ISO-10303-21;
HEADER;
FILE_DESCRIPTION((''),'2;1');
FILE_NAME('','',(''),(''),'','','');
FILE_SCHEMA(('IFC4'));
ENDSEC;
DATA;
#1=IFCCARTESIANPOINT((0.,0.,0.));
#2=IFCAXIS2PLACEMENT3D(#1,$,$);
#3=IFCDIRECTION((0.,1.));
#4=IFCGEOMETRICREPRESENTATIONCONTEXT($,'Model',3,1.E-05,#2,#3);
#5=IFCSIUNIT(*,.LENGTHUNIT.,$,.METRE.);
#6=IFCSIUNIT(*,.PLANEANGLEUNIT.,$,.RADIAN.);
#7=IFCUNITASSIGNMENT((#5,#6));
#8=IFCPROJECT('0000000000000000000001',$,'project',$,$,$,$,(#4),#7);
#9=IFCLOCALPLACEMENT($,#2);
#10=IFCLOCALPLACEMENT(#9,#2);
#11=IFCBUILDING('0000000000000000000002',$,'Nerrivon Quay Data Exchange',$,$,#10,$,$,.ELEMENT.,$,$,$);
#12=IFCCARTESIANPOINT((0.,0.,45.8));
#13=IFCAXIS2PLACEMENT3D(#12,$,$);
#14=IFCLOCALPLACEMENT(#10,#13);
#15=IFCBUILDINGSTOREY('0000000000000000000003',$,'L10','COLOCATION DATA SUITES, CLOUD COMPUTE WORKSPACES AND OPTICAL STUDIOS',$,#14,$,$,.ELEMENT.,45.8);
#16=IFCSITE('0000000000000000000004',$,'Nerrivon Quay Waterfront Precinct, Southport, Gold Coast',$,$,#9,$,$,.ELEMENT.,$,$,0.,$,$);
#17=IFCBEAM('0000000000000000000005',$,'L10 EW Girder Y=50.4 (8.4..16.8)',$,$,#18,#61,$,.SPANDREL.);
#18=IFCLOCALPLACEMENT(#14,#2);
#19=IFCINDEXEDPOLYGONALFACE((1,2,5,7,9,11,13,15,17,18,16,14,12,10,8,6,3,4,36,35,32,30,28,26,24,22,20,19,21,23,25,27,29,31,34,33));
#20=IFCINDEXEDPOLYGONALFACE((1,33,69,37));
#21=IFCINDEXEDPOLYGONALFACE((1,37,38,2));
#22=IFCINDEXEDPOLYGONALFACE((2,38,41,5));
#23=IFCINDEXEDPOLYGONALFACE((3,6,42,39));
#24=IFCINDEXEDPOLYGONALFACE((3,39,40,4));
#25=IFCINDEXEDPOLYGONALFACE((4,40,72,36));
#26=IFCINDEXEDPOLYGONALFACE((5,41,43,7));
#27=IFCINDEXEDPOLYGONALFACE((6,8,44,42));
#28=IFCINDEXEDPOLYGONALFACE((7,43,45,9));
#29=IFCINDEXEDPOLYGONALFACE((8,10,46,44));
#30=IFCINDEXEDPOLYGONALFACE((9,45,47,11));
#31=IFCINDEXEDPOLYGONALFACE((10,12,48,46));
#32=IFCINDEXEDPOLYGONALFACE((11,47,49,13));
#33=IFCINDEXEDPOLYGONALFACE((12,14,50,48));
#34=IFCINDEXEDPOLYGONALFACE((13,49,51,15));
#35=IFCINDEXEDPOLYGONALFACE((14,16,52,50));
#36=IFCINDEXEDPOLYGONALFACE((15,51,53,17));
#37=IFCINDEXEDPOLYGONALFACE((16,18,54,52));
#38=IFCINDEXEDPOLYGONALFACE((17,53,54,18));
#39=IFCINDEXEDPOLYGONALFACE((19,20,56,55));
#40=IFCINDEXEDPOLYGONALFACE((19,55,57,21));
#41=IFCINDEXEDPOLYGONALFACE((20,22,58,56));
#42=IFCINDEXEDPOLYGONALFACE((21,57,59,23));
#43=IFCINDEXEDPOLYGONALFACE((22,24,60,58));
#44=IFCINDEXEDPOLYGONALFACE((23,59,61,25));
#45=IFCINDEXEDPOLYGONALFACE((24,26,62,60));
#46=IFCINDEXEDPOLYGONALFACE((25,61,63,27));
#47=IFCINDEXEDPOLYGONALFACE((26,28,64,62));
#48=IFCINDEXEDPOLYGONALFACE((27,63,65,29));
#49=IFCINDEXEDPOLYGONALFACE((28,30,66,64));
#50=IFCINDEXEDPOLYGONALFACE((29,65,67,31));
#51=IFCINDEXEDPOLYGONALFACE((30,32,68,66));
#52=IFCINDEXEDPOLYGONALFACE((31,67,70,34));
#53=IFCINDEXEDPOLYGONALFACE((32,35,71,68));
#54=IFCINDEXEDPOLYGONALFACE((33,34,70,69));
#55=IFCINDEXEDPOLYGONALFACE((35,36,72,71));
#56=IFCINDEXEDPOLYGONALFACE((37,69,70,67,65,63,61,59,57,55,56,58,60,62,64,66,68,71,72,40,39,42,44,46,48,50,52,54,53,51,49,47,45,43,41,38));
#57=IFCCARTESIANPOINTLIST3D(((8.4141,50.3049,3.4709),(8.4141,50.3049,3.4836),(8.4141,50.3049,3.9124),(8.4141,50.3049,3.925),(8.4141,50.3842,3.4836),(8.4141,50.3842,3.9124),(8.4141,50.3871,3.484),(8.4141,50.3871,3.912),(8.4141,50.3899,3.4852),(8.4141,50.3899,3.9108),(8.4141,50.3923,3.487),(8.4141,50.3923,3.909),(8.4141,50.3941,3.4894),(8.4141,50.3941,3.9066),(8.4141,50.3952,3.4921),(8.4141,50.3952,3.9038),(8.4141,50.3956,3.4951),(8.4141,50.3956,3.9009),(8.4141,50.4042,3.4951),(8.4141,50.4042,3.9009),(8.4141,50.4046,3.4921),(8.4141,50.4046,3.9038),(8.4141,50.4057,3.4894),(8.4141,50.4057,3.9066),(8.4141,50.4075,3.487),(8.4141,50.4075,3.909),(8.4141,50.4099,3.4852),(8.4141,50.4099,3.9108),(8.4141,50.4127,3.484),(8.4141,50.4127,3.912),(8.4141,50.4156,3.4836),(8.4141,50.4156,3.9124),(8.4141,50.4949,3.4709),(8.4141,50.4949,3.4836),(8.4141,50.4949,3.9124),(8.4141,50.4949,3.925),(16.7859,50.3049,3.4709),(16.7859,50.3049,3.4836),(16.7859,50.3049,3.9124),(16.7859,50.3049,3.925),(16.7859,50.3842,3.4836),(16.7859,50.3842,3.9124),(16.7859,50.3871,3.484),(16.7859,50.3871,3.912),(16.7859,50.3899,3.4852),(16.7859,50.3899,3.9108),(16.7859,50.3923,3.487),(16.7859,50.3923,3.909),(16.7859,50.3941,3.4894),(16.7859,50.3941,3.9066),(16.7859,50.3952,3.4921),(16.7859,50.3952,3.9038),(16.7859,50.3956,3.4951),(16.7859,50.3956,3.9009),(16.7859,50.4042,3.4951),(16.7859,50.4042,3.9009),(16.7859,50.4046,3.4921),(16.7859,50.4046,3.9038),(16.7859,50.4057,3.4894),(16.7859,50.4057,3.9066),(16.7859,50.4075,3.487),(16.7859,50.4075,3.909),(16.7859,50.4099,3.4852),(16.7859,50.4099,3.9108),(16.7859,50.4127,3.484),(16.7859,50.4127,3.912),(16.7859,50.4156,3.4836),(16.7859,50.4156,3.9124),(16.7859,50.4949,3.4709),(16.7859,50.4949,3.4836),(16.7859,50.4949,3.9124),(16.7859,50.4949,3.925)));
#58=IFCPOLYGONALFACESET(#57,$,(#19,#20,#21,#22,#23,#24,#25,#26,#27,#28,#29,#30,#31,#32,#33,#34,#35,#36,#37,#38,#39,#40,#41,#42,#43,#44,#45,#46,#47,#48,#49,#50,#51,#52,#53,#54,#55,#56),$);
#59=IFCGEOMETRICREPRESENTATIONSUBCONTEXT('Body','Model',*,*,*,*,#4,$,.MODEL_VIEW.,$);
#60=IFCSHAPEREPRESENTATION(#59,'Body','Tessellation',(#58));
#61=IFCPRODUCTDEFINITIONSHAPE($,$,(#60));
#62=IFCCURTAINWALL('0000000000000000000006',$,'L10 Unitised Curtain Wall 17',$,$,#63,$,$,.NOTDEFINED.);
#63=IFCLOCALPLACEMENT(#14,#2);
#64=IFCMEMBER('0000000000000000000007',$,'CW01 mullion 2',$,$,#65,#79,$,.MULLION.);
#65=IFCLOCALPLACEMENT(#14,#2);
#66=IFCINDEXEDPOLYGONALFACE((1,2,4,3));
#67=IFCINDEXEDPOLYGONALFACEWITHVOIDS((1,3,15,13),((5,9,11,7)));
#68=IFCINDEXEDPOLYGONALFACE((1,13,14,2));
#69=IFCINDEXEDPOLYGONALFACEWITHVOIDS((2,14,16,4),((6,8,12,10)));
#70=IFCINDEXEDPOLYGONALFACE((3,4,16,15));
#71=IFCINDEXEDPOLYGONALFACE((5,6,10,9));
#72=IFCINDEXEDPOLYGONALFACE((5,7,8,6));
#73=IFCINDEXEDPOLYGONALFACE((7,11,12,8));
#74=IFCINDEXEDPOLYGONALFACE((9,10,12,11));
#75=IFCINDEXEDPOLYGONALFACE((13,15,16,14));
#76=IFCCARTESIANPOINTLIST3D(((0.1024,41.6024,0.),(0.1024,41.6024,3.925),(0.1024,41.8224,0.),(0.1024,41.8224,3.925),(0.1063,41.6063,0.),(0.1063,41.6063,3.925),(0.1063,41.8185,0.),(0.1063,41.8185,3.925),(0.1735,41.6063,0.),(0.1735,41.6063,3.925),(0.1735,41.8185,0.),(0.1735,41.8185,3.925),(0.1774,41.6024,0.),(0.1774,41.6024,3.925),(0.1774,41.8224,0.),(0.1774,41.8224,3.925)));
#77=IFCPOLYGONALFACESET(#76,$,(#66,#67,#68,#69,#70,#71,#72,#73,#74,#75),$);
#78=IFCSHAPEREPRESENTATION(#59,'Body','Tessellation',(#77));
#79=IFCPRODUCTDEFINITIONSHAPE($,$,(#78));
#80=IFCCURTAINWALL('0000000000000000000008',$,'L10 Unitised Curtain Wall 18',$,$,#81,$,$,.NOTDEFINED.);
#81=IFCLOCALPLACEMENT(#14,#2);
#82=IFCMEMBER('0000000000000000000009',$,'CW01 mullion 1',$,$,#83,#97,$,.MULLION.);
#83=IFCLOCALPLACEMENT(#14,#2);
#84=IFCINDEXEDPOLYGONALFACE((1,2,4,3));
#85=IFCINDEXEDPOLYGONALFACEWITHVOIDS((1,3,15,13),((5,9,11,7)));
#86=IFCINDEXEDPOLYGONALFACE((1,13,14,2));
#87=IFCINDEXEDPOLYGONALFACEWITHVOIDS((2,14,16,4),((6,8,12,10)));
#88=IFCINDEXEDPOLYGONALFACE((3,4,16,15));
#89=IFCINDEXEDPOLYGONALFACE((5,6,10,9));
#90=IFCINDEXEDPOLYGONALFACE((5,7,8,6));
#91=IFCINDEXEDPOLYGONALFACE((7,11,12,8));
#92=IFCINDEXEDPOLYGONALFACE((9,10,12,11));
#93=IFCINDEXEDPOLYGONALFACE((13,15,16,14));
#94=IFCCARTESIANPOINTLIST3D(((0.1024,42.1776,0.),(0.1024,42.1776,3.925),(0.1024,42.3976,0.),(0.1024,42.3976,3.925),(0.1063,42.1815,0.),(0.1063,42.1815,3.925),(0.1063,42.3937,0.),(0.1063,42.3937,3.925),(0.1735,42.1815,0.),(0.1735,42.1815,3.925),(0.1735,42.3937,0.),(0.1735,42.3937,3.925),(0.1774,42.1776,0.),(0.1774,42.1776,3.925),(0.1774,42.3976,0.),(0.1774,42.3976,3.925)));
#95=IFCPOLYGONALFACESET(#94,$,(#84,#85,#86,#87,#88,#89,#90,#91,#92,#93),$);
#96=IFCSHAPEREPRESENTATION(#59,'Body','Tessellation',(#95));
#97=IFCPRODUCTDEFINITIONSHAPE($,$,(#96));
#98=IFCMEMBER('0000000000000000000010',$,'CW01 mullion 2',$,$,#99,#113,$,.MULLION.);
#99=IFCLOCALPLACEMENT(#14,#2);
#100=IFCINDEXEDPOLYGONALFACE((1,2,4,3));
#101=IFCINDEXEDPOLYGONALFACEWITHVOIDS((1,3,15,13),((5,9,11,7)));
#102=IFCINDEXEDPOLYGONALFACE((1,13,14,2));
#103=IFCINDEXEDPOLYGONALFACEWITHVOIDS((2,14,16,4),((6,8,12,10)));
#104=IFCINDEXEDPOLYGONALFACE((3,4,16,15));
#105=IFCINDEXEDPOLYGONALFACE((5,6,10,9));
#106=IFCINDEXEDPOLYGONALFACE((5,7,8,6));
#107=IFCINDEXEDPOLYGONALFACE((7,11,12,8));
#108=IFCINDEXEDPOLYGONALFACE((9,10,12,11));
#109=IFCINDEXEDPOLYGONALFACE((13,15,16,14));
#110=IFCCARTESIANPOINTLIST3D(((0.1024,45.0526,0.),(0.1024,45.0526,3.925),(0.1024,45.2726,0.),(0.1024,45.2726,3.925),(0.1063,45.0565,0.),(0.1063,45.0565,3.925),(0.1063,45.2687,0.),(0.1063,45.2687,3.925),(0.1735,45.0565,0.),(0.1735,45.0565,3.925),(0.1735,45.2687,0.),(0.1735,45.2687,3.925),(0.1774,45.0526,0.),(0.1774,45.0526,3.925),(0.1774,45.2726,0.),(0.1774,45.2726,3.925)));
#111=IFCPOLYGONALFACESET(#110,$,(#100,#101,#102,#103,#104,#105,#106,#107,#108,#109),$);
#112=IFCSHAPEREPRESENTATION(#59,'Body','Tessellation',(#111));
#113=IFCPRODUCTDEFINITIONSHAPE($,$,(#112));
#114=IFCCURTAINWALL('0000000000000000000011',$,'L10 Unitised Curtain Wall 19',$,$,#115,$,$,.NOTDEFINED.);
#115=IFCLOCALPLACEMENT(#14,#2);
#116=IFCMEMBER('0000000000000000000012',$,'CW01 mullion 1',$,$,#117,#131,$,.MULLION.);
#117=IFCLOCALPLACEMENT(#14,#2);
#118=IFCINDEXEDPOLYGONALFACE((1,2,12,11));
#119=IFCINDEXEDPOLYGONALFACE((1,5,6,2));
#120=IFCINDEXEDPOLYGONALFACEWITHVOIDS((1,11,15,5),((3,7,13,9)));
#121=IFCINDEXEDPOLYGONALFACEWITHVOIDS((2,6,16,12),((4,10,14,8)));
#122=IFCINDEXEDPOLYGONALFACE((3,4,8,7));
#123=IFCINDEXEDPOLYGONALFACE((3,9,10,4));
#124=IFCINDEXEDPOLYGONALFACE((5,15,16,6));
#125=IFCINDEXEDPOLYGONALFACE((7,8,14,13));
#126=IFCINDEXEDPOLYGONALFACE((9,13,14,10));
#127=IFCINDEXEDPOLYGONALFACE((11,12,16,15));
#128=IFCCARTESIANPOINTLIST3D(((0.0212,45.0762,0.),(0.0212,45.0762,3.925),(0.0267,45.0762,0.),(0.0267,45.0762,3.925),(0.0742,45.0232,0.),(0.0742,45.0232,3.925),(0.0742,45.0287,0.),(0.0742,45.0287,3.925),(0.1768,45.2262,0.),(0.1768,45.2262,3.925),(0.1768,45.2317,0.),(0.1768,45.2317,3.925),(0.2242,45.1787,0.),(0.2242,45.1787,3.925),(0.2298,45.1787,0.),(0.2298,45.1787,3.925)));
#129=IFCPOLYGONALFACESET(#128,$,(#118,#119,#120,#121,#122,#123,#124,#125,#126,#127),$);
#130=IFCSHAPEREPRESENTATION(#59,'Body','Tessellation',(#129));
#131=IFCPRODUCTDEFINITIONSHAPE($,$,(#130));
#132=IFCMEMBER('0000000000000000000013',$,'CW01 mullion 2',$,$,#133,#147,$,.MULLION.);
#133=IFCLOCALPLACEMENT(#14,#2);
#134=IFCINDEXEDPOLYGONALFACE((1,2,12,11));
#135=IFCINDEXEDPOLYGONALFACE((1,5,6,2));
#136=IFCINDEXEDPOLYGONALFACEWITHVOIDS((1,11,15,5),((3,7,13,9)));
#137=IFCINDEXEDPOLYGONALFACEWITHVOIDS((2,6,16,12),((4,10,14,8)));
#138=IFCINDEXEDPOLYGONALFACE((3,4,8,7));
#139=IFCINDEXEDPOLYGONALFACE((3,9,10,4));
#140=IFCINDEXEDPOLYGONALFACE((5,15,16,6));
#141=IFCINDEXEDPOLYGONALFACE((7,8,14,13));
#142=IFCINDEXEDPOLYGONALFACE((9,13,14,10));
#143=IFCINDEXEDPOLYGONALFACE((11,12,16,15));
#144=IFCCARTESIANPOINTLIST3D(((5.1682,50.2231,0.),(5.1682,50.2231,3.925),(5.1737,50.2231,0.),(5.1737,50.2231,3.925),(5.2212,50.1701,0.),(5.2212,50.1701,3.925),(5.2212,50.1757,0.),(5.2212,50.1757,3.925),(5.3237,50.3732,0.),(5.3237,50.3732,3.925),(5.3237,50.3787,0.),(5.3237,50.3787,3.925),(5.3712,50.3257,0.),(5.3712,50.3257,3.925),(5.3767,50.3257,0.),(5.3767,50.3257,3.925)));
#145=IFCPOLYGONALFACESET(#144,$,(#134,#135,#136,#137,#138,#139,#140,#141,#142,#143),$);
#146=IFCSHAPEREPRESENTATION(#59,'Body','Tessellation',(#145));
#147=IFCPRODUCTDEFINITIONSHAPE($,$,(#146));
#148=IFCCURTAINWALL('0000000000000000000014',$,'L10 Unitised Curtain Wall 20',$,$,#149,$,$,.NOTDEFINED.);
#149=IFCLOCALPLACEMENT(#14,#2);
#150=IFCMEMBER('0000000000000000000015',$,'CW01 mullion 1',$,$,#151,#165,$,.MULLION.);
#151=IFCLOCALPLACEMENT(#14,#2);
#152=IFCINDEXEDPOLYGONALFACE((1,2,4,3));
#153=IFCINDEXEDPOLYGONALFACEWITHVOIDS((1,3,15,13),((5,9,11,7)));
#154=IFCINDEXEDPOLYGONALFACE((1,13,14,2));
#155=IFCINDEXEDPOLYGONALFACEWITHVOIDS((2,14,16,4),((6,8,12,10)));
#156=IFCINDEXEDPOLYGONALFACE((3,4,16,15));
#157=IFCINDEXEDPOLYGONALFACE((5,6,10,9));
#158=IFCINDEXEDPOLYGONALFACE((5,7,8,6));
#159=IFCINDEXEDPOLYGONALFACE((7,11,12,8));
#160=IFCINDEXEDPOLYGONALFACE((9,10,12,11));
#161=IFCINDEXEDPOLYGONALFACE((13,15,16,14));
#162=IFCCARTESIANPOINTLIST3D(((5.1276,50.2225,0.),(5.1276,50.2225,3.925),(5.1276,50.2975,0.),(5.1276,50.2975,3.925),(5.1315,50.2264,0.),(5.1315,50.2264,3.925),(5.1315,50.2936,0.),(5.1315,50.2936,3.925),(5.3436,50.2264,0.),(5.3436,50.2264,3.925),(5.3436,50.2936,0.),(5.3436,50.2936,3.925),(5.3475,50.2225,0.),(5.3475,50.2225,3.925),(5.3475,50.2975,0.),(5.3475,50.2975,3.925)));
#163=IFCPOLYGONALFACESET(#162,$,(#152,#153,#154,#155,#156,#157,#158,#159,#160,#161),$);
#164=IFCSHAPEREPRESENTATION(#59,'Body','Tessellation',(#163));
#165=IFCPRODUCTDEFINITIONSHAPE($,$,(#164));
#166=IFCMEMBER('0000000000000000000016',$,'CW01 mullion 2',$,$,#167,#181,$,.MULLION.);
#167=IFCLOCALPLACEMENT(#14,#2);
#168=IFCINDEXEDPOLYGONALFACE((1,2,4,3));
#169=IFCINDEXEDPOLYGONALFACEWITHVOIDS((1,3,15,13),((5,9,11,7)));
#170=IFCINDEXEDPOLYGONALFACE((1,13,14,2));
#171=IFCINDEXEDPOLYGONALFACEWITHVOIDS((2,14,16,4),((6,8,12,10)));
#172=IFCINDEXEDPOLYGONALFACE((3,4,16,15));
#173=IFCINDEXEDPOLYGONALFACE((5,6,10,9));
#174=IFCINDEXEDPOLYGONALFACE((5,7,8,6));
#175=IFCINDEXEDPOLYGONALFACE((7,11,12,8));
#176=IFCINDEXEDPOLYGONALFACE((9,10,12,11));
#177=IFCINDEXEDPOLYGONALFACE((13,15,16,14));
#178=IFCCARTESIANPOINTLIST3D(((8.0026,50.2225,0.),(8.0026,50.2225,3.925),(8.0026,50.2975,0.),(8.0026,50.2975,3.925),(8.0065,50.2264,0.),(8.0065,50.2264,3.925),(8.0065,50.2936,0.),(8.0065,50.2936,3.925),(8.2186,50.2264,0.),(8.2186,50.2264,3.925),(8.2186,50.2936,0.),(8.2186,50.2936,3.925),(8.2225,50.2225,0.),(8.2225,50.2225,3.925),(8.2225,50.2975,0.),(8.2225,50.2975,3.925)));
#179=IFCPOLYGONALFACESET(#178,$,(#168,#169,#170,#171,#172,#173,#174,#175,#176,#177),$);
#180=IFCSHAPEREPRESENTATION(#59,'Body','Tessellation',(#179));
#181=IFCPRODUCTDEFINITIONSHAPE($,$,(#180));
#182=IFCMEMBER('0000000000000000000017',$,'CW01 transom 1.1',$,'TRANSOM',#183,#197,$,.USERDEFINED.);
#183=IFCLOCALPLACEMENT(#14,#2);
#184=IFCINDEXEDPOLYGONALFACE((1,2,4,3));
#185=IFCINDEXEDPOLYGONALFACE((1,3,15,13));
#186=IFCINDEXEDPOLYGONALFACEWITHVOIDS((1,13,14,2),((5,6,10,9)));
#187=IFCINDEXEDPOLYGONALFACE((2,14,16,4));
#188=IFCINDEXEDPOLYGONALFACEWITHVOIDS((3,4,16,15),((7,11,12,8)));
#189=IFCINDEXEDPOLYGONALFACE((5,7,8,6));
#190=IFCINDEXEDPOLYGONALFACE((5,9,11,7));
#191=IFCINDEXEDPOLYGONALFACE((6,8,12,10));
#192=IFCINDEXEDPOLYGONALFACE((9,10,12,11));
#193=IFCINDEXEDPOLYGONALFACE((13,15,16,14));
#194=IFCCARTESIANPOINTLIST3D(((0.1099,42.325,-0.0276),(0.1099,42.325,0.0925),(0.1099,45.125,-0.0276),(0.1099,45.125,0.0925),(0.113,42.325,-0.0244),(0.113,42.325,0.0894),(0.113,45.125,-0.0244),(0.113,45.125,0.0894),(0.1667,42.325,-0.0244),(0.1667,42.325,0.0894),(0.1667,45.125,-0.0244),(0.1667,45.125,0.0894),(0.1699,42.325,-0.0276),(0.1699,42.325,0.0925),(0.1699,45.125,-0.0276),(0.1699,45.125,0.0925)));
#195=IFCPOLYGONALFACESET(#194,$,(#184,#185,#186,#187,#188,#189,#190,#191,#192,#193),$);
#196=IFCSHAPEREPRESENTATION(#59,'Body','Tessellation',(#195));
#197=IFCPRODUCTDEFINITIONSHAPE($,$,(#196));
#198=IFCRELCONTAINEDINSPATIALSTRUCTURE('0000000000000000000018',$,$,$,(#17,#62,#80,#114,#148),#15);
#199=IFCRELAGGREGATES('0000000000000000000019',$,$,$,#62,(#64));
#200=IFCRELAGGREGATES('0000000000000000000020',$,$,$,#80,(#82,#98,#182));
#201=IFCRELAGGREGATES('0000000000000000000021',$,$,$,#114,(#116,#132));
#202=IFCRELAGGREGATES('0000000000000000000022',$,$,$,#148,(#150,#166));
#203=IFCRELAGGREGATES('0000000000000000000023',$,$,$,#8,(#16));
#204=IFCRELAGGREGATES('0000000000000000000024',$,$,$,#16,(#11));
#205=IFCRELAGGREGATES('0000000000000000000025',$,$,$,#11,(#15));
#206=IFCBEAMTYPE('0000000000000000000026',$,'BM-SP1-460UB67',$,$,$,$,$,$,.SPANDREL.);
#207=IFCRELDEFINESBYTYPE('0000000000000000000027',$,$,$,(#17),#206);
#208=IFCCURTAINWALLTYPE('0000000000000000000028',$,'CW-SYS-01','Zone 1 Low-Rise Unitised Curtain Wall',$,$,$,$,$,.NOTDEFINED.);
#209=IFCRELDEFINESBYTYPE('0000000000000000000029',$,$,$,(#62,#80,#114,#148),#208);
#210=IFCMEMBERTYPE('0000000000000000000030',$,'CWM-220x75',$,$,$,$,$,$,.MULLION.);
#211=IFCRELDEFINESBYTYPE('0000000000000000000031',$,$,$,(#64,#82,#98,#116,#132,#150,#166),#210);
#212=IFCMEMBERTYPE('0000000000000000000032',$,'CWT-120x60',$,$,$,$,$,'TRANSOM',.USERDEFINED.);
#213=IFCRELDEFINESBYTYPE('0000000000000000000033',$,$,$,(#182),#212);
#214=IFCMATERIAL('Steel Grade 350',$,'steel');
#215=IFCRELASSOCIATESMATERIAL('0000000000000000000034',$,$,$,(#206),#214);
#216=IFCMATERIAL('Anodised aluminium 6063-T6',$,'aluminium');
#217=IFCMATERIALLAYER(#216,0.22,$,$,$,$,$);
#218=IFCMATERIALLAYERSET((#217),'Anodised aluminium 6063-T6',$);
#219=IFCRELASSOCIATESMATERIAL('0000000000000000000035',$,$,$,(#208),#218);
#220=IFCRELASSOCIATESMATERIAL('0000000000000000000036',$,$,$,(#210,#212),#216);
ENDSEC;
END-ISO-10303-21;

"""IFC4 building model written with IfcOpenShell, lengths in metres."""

from ifc_helpers import new_model, si_unit, direction, frame, origin, origin_2d, place, context, subcontext, project, spatial, hollow_rectangle, i_section, extrude, material, layer, layer_set, material_profile, profile_set, type_object, element, aggregate, save


model = new_model("IFC4")

# Units and contexts
model_context = context("Model", 3, precision=1e-05, world=origin(), true_north=direction((0.0, 1.0)))
body_context = subcontext(model_context, "Body", "Model", "MODEL_VIEW")
ifc_project = project(units=[si_unit("LENGTHUNIT", "METRE"), si_unit("PLANEANGLEUNIT", "RADIAN")], contexts=[model_context])

# Site, building, storey
site_placement = place(None, origin())
site = spatial("IfcSite", under=ifc_project, at=site_placement, Name="Nerrivon Quay Waterfront Precinct, Southport, Gold Coast", CompositionType="ELEMENT", RefElevation=0.0)
building_placement = place(site_placement, origin())
building = spatial("IfcBuilding", under=site, at=building_placement, Name="Nerrivon Quay Data Exchange", CompositionType="ELEMENT")
storey_placement = place(building_placement, frame((0.0, 0.0, 45.8)))
storey = spatial("IfcBuildingStorey", under=building, at=storey_placement, Name="L10", Description="COLOCATION DATA SUITES, CLOUD COMPUTE WORKSPACES AND OPTICAL STUDIOS", CompositionType="ELEMENT", Elevation=45.8)

# Shared definitions
ifc_material_1 = material(Name="Steel Grade 350", Category="steel")

# Beam
ifc_material_profile_1 = material_profile(ifc_material_1, i_section(OverallWidth=0.1899, OverallDepth=0.4541, WebThickness=0.0085, FlangeThickness=0.0127, FilletRadius=0.0115, at=origin_2d()), Name="460UB67.1")
ifc_profile_set_1 = profile_set([ifc_material_profile_1], Name="Steel Grade 350")
beam_type_1 = type_object("IfcBeamType", Name="BM-SP1-460UB67", PredefinedType="SPANDREL", material=ifc_profile_set_1)
beam_1_placement = place(storey_placement, frame((8.4141, 50.3999, 3.698), z_axis=(1.0, 0.0, 0.0), x_axis=(0.0, 1.0, 0.0)))
element("IfcBeam", 1, at=beam_1_placement, inside=storey, type_object=beam_type_1, Name="L10 EW Girder Y=50.4 (8.4..16.8)", PredefinedType="SPANDREL", context=body_context, shape_type="SweptSolid", body=[
    extrude(i_section(OverallWidth=0.1899, OverallDepth=0.4541, WebThickness=0.0085, FlangeThickness=0.0127, FilletRadius=0.0115, at=origin_2d()), origin(), (0.0, 0.0, 1.0), 8.3718),
])

# Curtain wall, member
ifc_material_2 = material(Name="Anodised aluminium 6063-T6", Category="aluminium")
ifc_layer_1 = layer(ifc_material_2, 0.22)
ifc_layer_set_1 = layer_set([ifc_layer_1], Name="Anodised aluminium 6063-T6")
curtain_wall_type = type_object("IfcCurtainWallType", Name="CW-SYS-01", Description="Zone 1 Low-Rise Unitised Curtain Wall", PredefinedType="NOTDEFINED", material=ifc_layer_set_1)
curtain_wall_1_placement = place(storey_placement, origin())
curtain_wall_1 = element("IfcCurtainWall", 2, at=curtain_wall_1_placement, inside=storey, type_object=curtain_wall_type, Name="L10 Unitised Curtain Wall 17", PredefinedType="NOTDEFINED")
ifc_material_profile_2 = material_profile(ifc_material_2, hollow_rectangle(XDim=0.075, YDim=0.22, WallThickness=0.0039, at=origin_2d()), Name="ALU-MULL-220x75")
ifc_profile_set_2 = profile_set([ifc_material_profile_2], Name="Anodised aluminium 6063-T6")
member_type_1 = type_object("IfcMemberType", Name="CWM-220x75", PredefinedType="MULLION", material=ifc_profile_set_2)
member_1_placement = place(storey_placement, frame((0.1399, 41.7124, 0.0), z_axis=(0.0, 0.0, 1.0), x_axis=(-1.0, 0.0, 0.0)))
member_1 = element("IfcMember", 3, at=member_1_placement, type_object=member_type_1, Name="CW01 mullion 2", PredefinedType="MULLION", context=body_context, shape_type="SweptSolid", body=[
    extrude(hollow_rectangle(XDim=0.075, YDim=0.22, WallThickness=0.0039, at=origin_2d()), origin(), (0.0, 0.0, 1.0), 3.925),
])

# Curtain walls, members
curtain_wall_2_placement = place(storey_placement, origin())
curtain_wall_2 = element("IfcCurtainWall", 4, at=curtain_wall_2_placement, inside=storey, type_object=curtain_wall_type, Name="L10 Unitised Curtain Wall 18", PredefinedType="NOTDEFINED")
member_2_placement = place(storey_placement, frame((0.1399, 42.2876, 0.0), z_axis=(0.0, 0.0, 1.0), x_axis=(-1.0, 0.0, 0.0)))
member_2 = element("IfcMember", 5, at=member_2_placement, type_object=member_type_1, Name="CW01 mullion 1", PredefinedType="MULLION", context=body_context, shape_type="SweptSolid", body=[
    extrude(hollow_rectangle(XDim=0.075, YDim=0.22, WallThickness=0.0039, at=origin_2d()), origin(), (0.0, 0.0, 1.0), 3.925),
])
member_3_placement = place(storey_placement, frame((0.1399, 45.1626, 0.0), z_axis=(0.0, 0.0, 1.0), x_axis=(-1.0, 0.0, 0.0)))
member_3 = element("IfcMember", 6, at=member_3_placement, type_object=member_type_1, Name="CW01 mullion 2", PredefinedType="MULLION", context=body_context, shape_type="SweptSolid", body=[
    extrude(hollow_rectangle(XDim=0.075, YDim=0.22, WallThickness=0.0039, at=origin_2d()), origin(), (0.0, 0.0, 1.0), 3.925),
])
curtain_wall_3_placement = place(storey_placement, origin())
curtain_wall_3 = element("IfcCurtainWall", 7, at=curtain_wall_3_placement, inside=storey, type_object=curtain_wall_type, Name="L10 Unitised Curtain Wall 19", PredefinedType="NOTDEFINED")
member_4_placement = place(storey_placement, frame((0.1255, 45.1274, 0.0), z_axis=(0.0, 0.0, 1.0), x_axis=(-0.707107, 0.707107, 0.0)))
member_4 = element("IfcMember", 8, at=member_4_placement, type_object=member_type_1, Name="CW01 mullion 1", PredefinedType="MULLION", context=body_context, shape_type="SweptSolid", body=[
    extrude(hollow_rectangle(XDim=0.075, YDim=0.22, WallThickness=0.0039, at=origin_2d()), origin(), (0.0, 0.0, 1.0), 3.925),
])
member_5_placement = place(storey_placement, frame((5.2725, 50.2744, 0.0), z_axis=(0.0, 0.0, 1.0), x_axis=(-0.707107, 0.707107, 0.0)))
member_5 = element("IfcMember", 9, at=member_5_placement, type_object=member_type_1, Name="CW01 mullion 2", PredefinedType="MULLION", context=body_context, shape_type="SweptSolid", body=[
    extrude(hollow_rectangle(XDim=0.075, YDim=0.22, WallThickness=0.0039, at=origin_2d()), origin(), (0.0, 0.0, 1.0), 3.925),
])
curtain_wall_4_placement = place(storey_placement, origin())
curtain_wall_4 = element("IfcCurtainWall", 10, at=curtain_wall_4_placement, inside=storey, type_object=curtain_wall_type, Name="L10 Unitised Curtain Wall 20", PredefinedType="NOTDEFINED")
member_6_placement = place(storey_placement, frame((5.2375, 50.26, 0.0), z_axis=(0.0, 0.0, 1.0), x_axis=(0.0, 1.0, 0.0)))
member_6 = element("IfcMember", 11, at=member_6_placement, type_object=member_type_1, Name="CW01 mullion 1", PredefinedType="MULLION", context=body_context, shape_type="SweptSolid", body=[
    extrude(hollow_rectangle(XDim=0.075, YDim=0.22, WallThickness=0.0039, at=origin_2d()), origin(), (0.0, 0.0, 1.0), 3.925),
])
member_7_placement = place(storey_placement, frame((8.1125, 50.26, 0.0), z_axis=(0.0, 0.0, 1.0), x_axis=(0.0, 1.0, 0.0)))
member_7 = element("IfcMember", 12, at=member_7_placement, type_object=member_type_1, Name="CW01 mullion 2", PredefinedType="MULLION", context=body_context, shape_type="SweptSolid", body=[
    extrude(hollow_rectangle(XDim=0.075, YDim=0.22, WallThickness=0.0039, at=origin_2d()), origin(), (0.0, 0.0, 1.0), 3.925),
])

# Member
ifc_material_profile_3 = material_profile(ifc_material_2, hollow_rectangle(XDim=0.0601, YDim=0.1201, WallThickness=0.0032, at=origin_2d()), Name="ALU-TRAN-120x60")
ifc_profile_set_3 = profile_set([ifc_material_profile_3], Name="Anodised aluminium 6063-T6")
member_type_2 = type_object("IfcMemberType", Name="CWT-120x60", ElementType="TRANSOM", PredefinedType="USERDEFINED", material=ifc_profile_set_3)
member_8_placement = place(storey_placement, frame((0.1399, 42.325, 0.0325), z_axis=(0.0, 1.0, 0.0), x_axis=(-1.0, 0.0, 0.0)))
member_8 = element("IfcMember", 13, at=member_8_placement, type_object=member_type_2, Name="CW01 transom 1.1", ObjectType="TRANSOM", PredefinedType="USERDEFINED", context=body_context, shape_type="SweptSolid", body=[
    extrude(hollow_rectangle(XDim=0.0601, YDim=0.1201, WallThickness=0.0032, at=origin_2d()), origin(), (0.0, 0.0, 1.0), 2.8),
])

aggregate(curtain_wall_1, [member_1])
aggregate(curtain_wall_2, [member_2, member_3, member_8])
aggregate(curtain_wall_3, [member_4, member_5])
aggregate(curtain_wall_4, [member_6, member_7])

save(model, "model.ifc")
